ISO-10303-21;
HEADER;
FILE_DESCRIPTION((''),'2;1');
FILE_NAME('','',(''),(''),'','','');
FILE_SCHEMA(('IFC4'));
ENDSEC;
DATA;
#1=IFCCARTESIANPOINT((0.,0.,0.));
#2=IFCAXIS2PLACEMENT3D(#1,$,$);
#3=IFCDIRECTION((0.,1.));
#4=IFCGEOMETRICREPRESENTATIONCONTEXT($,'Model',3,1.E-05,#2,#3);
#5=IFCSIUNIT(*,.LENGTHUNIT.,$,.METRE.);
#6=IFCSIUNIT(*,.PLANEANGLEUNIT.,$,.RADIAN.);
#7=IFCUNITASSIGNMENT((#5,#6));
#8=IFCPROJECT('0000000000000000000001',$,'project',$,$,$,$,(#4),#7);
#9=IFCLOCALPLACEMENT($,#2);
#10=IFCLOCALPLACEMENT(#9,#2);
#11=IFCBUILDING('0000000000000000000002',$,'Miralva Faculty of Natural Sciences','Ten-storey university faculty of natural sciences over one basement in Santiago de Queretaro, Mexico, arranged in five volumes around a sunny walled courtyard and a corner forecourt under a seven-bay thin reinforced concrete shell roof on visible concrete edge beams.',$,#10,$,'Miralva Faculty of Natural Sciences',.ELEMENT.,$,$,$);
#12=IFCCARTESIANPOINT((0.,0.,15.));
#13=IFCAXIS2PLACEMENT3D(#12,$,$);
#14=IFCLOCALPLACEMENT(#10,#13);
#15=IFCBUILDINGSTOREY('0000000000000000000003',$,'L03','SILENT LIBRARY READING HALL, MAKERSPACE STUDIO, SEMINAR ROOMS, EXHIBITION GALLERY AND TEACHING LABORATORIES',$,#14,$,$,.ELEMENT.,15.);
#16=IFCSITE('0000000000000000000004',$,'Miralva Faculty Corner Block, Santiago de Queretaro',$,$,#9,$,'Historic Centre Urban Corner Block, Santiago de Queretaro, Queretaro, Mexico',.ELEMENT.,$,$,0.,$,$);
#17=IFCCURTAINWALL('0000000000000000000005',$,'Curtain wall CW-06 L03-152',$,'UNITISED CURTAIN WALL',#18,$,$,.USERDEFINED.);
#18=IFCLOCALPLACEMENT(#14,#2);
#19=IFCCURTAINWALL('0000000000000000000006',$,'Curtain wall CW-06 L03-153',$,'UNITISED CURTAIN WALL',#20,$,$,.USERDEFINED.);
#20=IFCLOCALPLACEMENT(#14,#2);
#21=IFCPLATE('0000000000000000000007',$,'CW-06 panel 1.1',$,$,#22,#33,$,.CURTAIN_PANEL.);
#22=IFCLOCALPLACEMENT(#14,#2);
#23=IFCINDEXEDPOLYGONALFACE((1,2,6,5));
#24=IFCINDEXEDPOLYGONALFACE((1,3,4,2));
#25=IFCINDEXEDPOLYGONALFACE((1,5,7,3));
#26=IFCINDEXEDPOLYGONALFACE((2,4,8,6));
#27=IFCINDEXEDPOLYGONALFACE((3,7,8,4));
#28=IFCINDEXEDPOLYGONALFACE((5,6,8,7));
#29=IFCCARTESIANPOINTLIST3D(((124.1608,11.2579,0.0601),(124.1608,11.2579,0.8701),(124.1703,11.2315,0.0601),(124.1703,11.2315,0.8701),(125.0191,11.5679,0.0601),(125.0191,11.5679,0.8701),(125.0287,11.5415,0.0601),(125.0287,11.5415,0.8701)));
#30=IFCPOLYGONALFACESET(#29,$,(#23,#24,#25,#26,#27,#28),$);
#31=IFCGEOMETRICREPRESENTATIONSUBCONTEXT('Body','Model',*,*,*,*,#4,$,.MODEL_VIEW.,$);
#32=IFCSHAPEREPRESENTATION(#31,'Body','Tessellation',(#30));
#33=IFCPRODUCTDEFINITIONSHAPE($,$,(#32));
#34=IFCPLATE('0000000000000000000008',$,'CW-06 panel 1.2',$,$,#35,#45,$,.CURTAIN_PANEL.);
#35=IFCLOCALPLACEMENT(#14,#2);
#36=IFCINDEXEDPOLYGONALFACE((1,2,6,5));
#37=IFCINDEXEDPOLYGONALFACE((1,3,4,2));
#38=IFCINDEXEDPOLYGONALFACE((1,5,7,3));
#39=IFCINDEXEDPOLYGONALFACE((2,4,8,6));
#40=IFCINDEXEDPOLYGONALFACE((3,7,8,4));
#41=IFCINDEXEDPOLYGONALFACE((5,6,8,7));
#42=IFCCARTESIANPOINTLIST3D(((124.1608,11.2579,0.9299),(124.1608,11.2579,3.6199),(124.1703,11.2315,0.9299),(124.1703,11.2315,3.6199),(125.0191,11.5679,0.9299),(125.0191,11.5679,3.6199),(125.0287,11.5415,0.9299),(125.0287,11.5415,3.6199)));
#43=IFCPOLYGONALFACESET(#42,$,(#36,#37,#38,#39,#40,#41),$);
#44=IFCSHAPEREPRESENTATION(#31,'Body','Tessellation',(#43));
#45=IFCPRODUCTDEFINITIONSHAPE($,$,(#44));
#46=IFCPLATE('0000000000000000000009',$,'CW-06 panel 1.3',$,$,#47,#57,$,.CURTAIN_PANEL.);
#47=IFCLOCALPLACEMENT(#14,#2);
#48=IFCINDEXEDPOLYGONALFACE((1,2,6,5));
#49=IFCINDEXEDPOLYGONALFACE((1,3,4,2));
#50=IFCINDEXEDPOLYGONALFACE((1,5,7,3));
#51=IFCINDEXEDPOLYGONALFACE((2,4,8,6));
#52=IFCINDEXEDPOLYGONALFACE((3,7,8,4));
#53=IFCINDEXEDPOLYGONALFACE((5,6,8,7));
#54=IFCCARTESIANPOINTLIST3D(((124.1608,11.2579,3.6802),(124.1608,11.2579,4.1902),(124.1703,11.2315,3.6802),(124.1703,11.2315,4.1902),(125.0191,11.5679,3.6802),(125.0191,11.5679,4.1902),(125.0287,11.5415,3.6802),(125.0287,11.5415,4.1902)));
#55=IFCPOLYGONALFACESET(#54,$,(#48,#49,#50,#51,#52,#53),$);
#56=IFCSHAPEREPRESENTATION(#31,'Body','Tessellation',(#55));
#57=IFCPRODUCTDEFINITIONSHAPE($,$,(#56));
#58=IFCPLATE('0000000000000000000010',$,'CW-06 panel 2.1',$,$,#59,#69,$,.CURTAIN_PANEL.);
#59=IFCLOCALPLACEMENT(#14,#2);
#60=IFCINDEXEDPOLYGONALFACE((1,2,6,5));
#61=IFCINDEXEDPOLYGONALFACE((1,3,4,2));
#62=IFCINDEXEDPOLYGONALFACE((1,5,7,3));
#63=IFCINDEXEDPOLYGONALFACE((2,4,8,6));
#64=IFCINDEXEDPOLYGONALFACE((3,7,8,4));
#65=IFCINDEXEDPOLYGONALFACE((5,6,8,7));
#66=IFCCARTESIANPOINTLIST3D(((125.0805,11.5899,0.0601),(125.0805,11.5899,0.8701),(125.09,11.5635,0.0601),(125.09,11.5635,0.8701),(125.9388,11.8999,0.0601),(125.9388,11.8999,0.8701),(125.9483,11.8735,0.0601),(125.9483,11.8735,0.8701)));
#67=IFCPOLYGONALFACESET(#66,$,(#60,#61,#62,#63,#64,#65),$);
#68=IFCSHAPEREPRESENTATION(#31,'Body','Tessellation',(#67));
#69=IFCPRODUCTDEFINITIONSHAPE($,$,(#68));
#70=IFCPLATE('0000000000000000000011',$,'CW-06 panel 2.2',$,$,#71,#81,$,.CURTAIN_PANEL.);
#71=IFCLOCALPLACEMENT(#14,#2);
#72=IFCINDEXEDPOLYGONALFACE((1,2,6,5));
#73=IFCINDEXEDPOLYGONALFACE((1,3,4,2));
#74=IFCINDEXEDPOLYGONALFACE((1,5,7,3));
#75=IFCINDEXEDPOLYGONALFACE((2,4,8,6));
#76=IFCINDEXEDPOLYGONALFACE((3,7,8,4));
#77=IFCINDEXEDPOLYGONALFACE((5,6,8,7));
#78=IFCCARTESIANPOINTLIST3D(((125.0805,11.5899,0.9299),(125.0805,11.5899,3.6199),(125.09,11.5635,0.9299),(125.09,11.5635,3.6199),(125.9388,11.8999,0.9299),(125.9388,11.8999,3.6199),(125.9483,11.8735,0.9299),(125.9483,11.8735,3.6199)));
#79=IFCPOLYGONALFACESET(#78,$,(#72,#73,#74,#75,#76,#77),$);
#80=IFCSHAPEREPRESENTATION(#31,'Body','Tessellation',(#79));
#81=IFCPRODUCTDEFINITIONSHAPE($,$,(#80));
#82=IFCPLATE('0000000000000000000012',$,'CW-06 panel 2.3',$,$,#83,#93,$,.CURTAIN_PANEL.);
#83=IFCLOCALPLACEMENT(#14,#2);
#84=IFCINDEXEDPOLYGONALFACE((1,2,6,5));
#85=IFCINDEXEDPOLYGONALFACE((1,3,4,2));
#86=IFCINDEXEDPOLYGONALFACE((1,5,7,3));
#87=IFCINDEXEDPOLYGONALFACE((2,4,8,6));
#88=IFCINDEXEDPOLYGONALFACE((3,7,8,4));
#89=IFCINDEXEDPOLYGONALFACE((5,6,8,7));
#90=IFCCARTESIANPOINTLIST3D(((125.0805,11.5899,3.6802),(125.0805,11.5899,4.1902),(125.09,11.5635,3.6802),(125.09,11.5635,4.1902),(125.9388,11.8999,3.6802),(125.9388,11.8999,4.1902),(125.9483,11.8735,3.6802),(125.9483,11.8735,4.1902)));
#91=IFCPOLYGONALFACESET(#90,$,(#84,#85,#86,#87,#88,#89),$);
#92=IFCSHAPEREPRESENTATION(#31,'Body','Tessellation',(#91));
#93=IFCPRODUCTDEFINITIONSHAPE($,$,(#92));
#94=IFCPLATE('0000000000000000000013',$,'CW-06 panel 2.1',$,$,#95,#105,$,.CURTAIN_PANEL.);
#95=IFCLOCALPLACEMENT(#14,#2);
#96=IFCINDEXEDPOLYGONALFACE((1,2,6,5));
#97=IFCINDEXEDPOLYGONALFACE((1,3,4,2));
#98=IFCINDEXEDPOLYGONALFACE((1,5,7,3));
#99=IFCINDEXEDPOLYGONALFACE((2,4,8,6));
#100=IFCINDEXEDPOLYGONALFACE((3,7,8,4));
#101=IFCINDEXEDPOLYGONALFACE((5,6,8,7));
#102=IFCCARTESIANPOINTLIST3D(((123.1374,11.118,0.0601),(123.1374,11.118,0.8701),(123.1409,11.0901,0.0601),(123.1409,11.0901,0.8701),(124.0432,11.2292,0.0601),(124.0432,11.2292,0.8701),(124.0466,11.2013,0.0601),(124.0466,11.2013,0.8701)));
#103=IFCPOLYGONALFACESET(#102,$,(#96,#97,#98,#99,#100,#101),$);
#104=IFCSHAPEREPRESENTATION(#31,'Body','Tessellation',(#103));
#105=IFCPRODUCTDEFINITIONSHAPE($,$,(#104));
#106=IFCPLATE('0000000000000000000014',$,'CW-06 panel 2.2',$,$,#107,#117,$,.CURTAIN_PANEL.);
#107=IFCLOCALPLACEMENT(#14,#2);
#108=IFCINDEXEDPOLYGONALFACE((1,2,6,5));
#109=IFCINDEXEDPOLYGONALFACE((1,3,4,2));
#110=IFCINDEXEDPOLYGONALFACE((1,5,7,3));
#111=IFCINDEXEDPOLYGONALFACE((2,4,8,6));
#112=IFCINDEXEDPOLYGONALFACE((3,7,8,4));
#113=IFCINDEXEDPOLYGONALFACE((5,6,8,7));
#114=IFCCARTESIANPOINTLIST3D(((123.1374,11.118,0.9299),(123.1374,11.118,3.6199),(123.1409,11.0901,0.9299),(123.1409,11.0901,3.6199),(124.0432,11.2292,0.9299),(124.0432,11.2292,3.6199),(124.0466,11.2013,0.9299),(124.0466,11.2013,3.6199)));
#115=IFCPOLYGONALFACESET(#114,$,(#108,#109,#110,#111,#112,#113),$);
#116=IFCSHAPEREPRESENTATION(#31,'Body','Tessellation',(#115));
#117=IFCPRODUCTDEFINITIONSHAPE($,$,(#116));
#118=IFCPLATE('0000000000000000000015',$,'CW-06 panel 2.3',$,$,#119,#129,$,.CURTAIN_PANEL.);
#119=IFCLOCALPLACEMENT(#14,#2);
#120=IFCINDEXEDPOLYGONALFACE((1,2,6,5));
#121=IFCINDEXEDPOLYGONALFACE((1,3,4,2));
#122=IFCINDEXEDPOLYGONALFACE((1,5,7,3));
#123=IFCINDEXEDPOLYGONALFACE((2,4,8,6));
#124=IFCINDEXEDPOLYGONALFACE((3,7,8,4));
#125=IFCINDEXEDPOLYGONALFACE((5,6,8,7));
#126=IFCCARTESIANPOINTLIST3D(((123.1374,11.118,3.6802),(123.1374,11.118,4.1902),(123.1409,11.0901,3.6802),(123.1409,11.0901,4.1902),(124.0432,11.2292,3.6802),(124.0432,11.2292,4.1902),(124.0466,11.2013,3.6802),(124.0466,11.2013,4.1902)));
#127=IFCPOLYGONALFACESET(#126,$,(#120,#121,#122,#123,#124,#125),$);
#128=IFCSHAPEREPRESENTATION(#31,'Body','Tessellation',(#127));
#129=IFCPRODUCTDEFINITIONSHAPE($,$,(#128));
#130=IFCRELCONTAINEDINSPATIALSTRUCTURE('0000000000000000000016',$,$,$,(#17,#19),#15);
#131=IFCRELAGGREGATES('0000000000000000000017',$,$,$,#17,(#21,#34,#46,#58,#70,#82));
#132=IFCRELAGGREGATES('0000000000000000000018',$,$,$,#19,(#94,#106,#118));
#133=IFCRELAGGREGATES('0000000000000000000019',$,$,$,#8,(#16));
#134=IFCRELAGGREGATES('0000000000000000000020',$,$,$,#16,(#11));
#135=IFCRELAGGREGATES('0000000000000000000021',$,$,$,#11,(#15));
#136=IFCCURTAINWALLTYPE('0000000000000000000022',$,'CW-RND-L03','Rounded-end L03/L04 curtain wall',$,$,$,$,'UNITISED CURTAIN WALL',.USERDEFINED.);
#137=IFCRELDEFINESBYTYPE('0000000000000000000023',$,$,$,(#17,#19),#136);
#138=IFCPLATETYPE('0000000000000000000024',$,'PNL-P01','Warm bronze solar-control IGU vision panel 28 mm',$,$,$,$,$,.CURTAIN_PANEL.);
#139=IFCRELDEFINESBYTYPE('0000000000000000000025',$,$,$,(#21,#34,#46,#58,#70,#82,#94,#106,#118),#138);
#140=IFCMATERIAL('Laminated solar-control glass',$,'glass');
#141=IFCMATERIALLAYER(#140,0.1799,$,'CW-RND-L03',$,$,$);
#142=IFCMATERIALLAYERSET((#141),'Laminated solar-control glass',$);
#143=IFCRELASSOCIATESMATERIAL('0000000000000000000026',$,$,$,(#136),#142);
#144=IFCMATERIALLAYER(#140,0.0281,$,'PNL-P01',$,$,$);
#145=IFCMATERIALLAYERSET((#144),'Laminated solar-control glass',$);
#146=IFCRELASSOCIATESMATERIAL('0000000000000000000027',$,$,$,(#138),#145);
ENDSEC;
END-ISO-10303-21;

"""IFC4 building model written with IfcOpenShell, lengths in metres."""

from ifc_helpers import new_model, si_unit, direction, frame, origin, origin_2d, place, context, subcontext, project, spatial, rectangle, extrude, material, layer, layer_set, type_object, element, aggregate, save


model = new_model("IFC4")

# Units and contexts
model_context = context("Model", 3, precision=1e-05, world=origin(), true_north=direction((0.0, 1.0)))
body_context = subcontext(model_context, "Body", "Model", "MODEL_VIEW")
ifc_project = project(units=[si_unit("LENGTHUNIT", "METRE"), si_unit("PLANEANGLEUNIT", "RADIAN")], contexts=[model_context])

# Site, building, storey
site_placement = place(None, origin())
site = spatial("IfcSite", under=ifc_project, at=site_placement, Name="Miralva Faculty Corner Block, Santiago de Queretaro", LongName="Historic Centre Urban Corner Block, Santiago de Queretaro, Queretaro, Mexico", CompositionType="ELEMENT", RefElevation=0.0)
building_placement = place(site_placement, origin())
building = spatial("IfcBuilding", under=site, at=building_placement, Name="Miralva Faculty of Natural Sciences", Description="Ten-storey university faculty of natural sciences over one basement in Santiago de Queretaro, Mexico, arranged in five volumes around a sunny walled courtyard and a corner forecourt under a seven-bay thin reinforced concrete shell roof on visible concrete edge beams.", LongName="Miralva Faculty of Natural Sciences", CompositionType="ELEMENT")
storey_placement = place(building_placement, frame((0.0, 0.0, 15.0)))
storey = spatial("IfcBuildingStorey", under=building, at=storey_placement, Name="L03", Description="SILENT LIBRARY READING HALL, MAKERSPACE STUDIO, SEMINAR ROOMS, EXHIBITION GALLERY AND TEACHING LABORATORIES", CompositionType="ELEMENT", Elevation=15.0)

# Curtain wall
ifc_material_1 = material(Name="Laminated solar-control glass", Category="glass")
ifc_layer_1 = layer(ifc_material_1, 0.1799, Name="CW-RND-L03")
ifc_layer_set_1 = layer_set([ifc_layer_1], Name="Laminated solar-control glass")
curtain_wall_type = type_object("IfcCurtainWallType", Name="CW-RND-L03", Description="Rounded-end L03/L04 curtain wall", ElementType="UNITISED CURTAIN WALL", PredefinedType="USERDEFINED", material=ifc_layer_set_1)
curtain_wall_1_placement = place(storey_placement, origin())
curtain_wall_1 = element("IfcCurtainWall", 1, at=curtain_wall_1_placement, inside=storey, type_object=curtain_wall_type, Name="Curtain wall CW-06 L03-152", ObjectType="UNITISED CURTAIN WALL", PredefinedType="USERDEFINED")

# Curtain wall
curtain_wall_2_placement = place(storey_placement, origin())
curtain_wall_2 = element("IfcCurtainWall", 2, at=curtain_wall_2_placement, inside=storey, type_object=curtain_wall_type, Name="Curtain wall CW-06 L03-153", ObjectType="UNITISED CURTAIN WALL", PredefinedType="USERDEFINED")

# Plates
ifc_layer_2 = layer(ifc_material_1, 0.0281, Name="PNL-P01")
ifc_layer_set_2 = layer_set([ifc_layer_2], Name="Laminated solar-control glass")
plate_type = type_object("IfcPlateType", Name="PNL-P01", Description="Warm bronze solar-control IGU vision panel 28 mm", PredefinedType="CURTAIN_PANEL", material=ifc_layer_set_2)
plate_1_placement = place(storey_placement, frame((124.5947, 11.3997, 0.0601), z_axis=(0.0, 0.0, 1.0), x_axis=(0.940535, 0.339696, 0.0)))
plate_1 = element("IfcPlate", 3, at=plate_1_placement, type_object=plate_type, Name="CW-06 panel 1.1", PredefinedType="CURTAIN_PANEL", context=body_context, shape_type="SweptSolid", body=[
    extrude(rectangle(XDim=0.9126, YDim=0.0281, at=origin_2d()), origin(), (0.0, 0.0, 1.0), 0.8101),
])
plate_2_placement = place(storey_placement, frame((124.5947, 11.3997, 0.9299), z_axis=(0.0, 0.0, 1.0), x_axis=(0.940535, 0.339696, 0.0)))
plate_2 = element("IfcPlate", 4, at=plate_2_placement, type_object=plate_type, Name="CW-06 panel 1.2", PredefinedType="CURTAIN_PANEL", context=body_context, shape_type="SweptSolid", body=[
    extrude(rectangle(XDim=0.9126, YDim=0.0281, at=origin_2d()), origin(), (0.0, 0.0, 1.0), 2.6899),
])
plate_3_placement = place(storey_placement, frame((124.5947, 11.3997, 3.6802), z_axis=(0.0, 0.0, 1.0), x_axis=(0.940535, 0.339696, 0.0)))
plate_3 = element("IfcPlate", 5, at=plate_3_placement, type_object=plate_type, Name="CW-06 panel 1.3", PredefinedType="CURTAIN_PANEL", context=body_context, shape_type="SweptSolid", body=[
    extrude(rectangle(XDim=0.9126, YDim=0.0281, at=origin_2d()), origin(), (0.0, 0.0, 1.0), 0.51),
])
plate_4_placement = place(storey_placement, frame((125.5144, 11.7317, 0.0601), z_axis=(0.0, 0.0, 1.0), x_axis=(0.940535, 0.339696, 0.0)))
plate_4 = element("IfcPlate", 6, at=plate_4_placement, type_object=plate_type, Name="CW-06 panel 2.1", PredefinedType="CURTAIN_PANEL", context=body_context, shape_type="SweptSolid", body=[
    extrude(rectangle(XDim=0.9126, YDim=0.0281, at=origin_2d()), origin(), (0.0, 0.0, 1.0), 0.8101),
])
plate_5_placement = place(storey_placement, frame((125.5144, 11.7317, 0.9299), z_axis=(0.0, 0.0, 1.0), x_axis=(0.940535, 0.339696, 0.0)))
plate_5 = element("IfcPlate", 7, at=plate_5_placement, type_object=plate_type, Name="CW-06 panel 2.2", PredefinedType="CURTAIN_PANEL", context=body_context, shape_type="SweptSolid", body=[
    extrude(rectangle(XDim=0.9126, YDim=0.0281, at=origin_2d()), origin(), (0.0, 0.0, 1.0), 2.6899),
])
plate_6_placement = place(storey_placement, frame((125.5144, 11.7317, 3.6802), z_axis=(0.0, 0.0, 1.0), x_axis=(0.940535, 0.339696, 0.0)))
plate_6 = element("IfcPlate", 8, at=plate_6_placement, type_object=plate_type, Name="CW-06 panel 2.3", PredefinedType="CURTAIN_PANEL", context=body_context, shape_type="SweptSolid", body=[
    extrude(rectangle(XDim=0.9126, YDim=0.0281, at=origin_2d()), origin(), (0.0, 0.0, 1.0), 0.51),
])
aggregate(curtain_wall_1, [plate_1, plate_2, plate_3, plate_4, plate_5, plate_6])
plate_7_placement = place(storey_placement, frame((123.592, 11.1597, 0.0601), z_axis=(0.0, 0.0, 1.0), x_axis=(0.992547, 0.12186, 0.0)))
plate_7 = element("IfcPlate", 9, at=plate_7_placement, type_object=plate_type, Name="CW-06 panel 2.1", PredefinedType="CURTAIN_PANEL", context=body_context, shape_type="SweptSolid", body=[
    extrude(rectangle(XDim=0.9126, YDim=0.0281, at=origin_2d()), origin(), (0.0, 0.0, 1.0), 0.8101),
])
plate_8_placement = place(storey_placement, frame((123.592, 11.1597, 0.9299), z_axis=(0.0, 0.0, 1.0), x_axis=(0.992547, 0.12186, 0.0)))
plate_8 = element("IfcPlate", 10, at=plate_8_placement, type_object=plate_type, Name="CW-06 panel 2.2", PredefinedType="CURTAIN_PANEL", context=body_context, shape_type="SweptSolid", body=[
    extrude(rectangle(XDim=0.9126, YDim=0.0281, at=origin_2d()), origin(), (0.0, 0.0, 1.0), 2.6899),
])
plate_9_placement = place(storey_placement, frame((123.592, 11.1597, 3.6802), z_axis=(0.0, 0.0, 1.0), x_axis=(0.992547, 0.12186, 0.0)))
plate_9 = element("IfcPlate", 11, at=plate_9_placement, type_object=plate_type, Name="CW-06 panel 2.3", PredefinedType="CURTAIN_PANEL", context=body_context, shape_type="SweptSolid", body=[
    extrude(rectangle(XDim=0.9126, YDim=0.0281, at=origin_2d()), origin(), (0.0, 0.0, 1.0), 0.51),
])
aggregate(curtain_wall_2, [plate_7, plate_8, plate_9])

save(model, "model.ifc")
